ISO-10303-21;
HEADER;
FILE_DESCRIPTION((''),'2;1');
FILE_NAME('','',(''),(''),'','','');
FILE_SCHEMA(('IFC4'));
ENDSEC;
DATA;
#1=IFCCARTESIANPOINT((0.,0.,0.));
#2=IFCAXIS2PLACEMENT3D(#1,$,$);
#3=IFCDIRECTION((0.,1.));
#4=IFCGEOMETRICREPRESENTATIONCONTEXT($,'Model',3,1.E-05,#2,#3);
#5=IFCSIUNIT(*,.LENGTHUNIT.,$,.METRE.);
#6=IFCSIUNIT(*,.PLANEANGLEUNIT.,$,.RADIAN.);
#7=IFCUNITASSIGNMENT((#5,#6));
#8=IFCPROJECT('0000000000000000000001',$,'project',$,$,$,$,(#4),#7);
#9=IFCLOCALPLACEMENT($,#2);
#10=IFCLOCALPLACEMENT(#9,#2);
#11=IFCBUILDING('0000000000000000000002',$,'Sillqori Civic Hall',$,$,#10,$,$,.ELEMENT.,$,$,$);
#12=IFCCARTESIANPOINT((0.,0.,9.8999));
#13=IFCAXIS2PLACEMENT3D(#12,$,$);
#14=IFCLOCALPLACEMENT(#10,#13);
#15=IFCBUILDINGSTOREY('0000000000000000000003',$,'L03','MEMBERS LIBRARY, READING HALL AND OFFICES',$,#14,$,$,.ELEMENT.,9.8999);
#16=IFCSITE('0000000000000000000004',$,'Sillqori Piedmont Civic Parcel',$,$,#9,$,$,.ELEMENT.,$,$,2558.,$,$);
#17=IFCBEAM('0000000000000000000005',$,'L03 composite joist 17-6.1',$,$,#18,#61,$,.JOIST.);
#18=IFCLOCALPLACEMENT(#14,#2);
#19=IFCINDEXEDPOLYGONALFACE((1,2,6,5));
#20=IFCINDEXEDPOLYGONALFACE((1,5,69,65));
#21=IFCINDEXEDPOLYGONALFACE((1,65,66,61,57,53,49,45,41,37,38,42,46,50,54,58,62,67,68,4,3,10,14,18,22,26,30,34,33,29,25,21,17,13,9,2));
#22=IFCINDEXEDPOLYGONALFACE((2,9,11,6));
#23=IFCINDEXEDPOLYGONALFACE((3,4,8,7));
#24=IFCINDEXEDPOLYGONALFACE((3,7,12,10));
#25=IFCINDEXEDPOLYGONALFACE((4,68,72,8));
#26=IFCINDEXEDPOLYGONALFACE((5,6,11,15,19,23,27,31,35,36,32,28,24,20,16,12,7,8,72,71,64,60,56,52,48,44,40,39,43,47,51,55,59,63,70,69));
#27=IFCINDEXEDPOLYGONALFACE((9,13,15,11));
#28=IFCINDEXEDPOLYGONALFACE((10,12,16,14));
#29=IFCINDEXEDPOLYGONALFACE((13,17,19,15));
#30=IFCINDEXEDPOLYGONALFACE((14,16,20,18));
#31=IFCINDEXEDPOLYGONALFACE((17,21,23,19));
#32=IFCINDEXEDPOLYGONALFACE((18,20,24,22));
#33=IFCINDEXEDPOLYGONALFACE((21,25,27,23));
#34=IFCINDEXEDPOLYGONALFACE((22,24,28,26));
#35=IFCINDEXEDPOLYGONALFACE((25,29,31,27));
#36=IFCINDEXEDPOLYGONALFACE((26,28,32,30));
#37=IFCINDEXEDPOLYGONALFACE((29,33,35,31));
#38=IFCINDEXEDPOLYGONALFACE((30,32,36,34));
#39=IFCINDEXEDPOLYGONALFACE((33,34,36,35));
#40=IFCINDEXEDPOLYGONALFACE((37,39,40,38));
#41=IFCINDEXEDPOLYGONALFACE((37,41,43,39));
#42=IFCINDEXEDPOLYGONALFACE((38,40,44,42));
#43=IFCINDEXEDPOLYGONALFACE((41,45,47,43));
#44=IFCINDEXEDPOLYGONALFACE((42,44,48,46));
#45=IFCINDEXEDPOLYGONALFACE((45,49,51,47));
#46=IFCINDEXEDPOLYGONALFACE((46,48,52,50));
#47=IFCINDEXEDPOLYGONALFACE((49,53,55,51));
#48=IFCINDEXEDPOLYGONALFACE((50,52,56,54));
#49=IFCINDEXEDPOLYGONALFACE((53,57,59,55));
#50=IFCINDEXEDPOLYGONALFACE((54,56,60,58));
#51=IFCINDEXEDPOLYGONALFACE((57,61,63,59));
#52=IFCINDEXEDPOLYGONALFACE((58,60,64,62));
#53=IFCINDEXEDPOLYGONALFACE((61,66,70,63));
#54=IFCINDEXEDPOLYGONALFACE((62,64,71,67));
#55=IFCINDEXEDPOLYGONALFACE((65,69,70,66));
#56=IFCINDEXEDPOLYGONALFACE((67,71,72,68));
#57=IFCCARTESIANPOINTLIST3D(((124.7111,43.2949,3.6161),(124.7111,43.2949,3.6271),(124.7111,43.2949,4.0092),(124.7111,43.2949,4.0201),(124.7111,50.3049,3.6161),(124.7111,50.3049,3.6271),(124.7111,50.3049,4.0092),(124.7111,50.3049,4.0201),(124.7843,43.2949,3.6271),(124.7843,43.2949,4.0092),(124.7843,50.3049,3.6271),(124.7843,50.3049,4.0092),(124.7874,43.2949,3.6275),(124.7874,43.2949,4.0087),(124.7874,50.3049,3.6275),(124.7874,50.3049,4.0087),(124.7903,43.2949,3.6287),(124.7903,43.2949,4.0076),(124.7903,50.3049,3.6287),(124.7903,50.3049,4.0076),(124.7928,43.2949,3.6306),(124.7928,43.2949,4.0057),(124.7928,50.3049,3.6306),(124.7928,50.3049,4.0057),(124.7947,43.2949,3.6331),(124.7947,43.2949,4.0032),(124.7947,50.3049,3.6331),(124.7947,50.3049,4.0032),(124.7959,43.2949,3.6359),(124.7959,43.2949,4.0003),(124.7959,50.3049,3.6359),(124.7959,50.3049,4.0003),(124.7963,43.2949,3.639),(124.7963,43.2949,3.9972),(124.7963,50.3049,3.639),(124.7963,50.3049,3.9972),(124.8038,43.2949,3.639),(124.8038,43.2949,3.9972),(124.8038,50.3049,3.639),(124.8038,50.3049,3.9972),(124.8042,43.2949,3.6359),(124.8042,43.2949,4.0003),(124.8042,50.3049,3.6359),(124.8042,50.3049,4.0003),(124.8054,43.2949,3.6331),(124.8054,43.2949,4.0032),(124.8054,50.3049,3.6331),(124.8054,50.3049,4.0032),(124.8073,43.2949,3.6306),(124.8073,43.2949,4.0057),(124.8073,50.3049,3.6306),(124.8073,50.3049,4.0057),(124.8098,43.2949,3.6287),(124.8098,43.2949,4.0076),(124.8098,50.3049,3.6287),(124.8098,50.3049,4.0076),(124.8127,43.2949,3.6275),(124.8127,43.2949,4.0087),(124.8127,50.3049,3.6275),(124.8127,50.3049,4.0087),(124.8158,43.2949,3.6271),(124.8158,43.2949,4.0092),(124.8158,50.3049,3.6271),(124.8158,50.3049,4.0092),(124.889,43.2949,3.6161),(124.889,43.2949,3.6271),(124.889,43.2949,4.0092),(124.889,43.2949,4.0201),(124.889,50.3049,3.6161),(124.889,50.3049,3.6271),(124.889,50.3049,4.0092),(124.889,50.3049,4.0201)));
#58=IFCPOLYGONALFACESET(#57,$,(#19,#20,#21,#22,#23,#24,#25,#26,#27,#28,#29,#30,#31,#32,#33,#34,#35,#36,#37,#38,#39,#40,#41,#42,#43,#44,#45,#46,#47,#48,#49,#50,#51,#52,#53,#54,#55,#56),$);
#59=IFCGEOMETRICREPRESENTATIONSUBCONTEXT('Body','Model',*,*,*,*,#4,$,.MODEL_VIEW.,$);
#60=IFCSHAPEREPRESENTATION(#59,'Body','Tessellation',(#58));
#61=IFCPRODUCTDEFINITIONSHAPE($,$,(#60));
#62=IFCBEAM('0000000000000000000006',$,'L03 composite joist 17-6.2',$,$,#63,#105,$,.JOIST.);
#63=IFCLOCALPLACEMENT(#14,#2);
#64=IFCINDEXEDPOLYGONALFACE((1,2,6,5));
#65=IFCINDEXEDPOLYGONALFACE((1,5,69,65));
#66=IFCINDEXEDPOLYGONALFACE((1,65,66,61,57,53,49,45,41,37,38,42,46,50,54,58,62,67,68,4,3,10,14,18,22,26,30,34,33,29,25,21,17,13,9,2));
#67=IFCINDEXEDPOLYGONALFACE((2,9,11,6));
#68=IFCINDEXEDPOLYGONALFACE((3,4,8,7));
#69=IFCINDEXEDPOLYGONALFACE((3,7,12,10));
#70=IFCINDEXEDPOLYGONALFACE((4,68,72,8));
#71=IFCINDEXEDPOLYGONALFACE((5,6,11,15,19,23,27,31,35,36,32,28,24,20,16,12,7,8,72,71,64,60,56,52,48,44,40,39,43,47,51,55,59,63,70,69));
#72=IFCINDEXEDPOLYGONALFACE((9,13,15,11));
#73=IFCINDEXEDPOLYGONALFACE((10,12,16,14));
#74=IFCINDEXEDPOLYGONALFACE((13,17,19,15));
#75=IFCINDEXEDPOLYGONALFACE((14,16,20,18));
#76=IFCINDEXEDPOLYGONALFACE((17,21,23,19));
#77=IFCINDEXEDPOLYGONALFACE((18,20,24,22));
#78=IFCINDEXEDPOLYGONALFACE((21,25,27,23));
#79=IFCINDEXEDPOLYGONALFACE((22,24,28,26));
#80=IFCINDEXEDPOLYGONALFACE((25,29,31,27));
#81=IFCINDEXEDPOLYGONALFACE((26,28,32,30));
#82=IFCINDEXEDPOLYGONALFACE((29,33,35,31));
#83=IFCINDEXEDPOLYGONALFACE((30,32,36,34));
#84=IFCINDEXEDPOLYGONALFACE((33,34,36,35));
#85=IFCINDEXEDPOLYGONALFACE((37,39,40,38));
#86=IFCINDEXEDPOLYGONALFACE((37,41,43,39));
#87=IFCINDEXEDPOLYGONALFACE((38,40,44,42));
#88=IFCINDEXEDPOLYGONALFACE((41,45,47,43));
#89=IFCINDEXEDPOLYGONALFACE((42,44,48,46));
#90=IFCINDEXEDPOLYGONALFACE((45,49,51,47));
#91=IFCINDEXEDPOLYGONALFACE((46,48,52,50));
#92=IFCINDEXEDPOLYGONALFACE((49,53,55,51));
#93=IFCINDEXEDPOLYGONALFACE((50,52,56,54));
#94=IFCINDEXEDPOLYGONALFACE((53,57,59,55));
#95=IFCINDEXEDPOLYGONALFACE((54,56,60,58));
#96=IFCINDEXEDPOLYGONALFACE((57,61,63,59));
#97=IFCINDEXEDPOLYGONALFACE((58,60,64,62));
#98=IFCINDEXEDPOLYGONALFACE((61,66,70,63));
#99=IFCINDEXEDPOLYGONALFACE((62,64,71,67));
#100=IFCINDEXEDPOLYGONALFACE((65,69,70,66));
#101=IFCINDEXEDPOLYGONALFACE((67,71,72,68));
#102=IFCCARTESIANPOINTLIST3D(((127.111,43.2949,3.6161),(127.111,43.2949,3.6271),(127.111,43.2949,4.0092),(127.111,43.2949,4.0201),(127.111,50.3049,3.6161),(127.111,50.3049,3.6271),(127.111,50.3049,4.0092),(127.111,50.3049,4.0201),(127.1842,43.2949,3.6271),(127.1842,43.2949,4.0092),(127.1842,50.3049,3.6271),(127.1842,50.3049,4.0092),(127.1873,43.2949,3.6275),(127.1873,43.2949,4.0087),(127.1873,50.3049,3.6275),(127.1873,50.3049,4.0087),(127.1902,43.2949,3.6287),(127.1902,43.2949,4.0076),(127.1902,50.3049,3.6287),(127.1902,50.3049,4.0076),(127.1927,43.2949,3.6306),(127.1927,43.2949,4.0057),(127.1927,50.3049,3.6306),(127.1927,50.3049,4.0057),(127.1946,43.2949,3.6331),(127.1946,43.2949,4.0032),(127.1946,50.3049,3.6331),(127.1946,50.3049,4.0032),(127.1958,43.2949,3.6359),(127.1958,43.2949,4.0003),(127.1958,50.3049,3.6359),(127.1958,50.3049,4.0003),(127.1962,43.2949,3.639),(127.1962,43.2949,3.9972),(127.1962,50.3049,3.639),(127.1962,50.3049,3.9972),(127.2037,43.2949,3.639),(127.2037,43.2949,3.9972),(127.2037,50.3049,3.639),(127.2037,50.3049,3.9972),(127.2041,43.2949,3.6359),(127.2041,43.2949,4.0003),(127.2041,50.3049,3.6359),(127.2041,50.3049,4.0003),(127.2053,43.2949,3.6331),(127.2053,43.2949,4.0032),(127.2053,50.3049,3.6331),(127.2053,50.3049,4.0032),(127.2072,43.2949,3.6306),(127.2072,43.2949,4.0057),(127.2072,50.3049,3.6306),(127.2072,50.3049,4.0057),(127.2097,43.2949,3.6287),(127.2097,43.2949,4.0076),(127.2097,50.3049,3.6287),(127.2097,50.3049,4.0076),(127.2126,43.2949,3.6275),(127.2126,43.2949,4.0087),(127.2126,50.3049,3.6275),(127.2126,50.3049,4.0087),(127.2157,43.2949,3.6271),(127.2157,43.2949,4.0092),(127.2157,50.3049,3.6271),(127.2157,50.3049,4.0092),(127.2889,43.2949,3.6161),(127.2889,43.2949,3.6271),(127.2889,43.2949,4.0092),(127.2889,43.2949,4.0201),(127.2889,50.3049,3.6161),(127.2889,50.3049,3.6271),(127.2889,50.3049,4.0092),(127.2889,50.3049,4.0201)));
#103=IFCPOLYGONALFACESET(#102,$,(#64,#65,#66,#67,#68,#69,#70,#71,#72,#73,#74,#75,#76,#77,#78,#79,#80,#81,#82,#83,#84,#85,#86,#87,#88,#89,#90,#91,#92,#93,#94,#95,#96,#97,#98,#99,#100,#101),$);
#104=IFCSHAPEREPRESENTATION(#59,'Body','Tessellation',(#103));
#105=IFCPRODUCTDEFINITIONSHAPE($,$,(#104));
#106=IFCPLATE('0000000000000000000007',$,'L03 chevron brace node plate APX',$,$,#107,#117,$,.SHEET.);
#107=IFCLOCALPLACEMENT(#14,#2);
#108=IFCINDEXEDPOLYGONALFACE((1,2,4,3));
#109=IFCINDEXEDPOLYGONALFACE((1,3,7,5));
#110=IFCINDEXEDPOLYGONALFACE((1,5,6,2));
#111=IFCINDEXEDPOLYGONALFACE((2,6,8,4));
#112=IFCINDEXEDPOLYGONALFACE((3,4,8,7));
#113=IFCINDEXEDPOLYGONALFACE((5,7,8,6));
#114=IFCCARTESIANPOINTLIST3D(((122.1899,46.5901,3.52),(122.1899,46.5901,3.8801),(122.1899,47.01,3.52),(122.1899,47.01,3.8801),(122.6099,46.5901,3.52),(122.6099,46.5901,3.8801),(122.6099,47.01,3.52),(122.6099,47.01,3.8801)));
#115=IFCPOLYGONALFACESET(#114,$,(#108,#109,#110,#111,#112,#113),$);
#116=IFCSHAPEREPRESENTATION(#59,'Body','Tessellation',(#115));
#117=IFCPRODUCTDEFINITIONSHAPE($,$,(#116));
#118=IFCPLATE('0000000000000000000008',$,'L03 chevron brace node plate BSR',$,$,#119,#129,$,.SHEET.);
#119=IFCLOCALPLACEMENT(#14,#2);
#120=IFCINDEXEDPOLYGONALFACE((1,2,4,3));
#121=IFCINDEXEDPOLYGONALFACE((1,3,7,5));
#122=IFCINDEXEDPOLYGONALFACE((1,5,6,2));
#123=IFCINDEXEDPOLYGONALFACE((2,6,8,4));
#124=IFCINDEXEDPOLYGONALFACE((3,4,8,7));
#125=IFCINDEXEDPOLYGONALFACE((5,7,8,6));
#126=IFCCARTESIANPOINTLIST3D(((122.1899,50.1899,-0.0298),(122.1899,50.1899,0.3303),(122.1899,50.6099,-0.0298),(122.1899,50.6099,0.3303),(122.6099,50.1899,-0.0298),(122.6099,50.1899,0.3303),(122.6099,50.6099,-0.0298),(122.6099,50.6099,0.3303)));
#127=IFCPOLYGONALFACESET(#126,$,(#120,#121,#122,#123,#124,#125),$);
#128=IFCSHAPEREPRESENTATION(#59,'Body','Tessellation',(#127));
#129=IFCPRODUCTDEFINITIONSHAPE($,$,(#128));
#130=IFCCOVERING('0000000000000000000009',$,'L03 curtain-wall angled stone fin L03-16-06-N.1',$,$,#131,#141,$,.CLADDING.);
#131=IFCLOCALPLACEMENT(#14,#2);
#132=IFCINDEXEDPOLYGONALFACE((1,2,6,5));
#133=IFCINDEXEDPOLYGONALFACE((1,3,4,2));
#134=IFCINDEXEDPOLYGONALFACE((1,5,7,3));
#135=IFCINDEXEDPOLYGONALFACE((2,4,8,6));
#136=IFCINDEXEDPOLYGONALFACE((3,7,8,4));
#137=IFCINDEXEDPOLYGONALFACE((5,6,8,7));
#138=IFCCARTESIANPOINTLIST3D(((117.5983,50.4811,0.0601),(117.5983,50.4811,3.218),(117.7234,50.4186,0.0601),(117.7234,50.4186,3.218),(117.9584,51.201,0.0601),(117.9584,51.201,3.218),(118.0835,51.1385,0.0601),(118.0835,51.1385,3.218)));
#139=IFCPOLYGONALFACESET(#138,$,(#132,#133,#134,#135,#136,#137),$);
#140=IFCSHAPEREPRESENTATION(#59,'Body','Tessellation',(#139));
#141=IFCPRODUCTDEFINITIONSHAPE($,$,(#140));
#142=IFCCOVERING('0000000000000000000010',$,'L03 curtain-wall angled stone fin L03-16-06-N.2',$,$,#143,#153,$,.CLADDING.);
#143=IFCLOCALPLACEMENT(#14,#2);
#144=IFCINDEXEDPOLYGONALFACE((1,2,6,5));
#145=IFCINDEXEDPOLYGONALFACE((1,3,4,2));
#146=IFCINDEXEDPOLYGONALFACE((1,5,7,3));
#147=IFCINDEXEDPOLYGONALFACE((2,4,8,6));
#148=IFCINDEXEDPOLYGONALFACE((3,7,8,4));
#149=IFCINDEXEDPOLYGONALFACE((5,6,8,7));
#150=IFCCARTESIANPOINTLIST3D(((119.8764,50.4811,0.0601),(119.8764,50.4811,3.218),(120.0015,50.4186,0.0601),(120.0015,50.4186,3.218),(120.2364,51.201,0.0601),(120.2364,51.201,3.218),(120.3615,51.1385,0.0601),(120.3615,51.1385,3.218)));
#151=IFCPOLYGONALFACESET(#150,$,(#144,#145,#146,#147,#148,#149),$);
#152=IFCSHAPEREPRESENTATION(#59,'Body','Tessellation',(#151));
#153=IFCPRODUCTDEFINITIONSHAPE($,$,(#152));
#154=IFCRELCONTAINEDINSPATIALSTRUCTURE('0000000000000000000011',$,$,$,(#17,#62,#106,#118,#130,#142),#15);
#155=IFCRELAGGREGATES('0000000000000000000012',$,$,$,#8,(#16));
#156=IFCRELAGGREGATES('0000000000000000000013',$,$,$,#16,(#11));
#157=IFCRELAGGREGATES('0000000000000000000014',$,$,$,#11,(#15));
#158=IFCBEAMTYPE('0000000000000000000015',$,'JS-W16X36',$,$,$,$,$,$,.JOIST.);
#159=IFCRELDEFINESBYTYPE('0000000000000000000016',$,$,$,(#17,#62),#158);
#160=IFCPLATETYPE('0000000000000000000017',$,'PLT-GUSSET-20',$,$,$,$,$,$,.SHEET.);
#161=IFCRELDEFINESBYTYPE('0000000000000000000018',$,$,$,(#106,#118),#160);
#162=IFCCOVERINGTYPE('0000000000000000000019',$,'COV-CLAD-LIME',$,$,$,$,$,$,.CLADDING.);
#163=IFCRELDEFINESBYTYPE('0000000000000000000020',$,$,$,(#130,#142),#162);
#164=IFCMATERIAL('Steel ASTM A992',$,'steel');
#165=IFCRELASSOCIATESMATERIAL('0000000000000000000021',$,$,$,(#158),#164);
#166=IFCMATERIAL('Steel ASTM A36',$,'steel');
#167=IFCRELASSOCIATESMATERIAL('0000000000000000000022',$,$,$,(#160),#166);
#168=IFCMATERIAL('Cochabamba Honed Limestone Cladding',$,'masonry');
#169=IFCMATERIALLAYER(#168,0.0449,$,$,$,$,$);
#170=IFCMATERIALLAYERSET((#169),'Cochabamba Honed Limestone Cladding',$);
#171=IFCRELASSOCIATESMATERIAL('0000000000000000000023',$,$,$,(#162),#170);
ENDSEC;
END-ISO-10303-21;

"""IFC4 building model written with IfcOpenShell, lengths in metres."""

from ifc_helpers import new_model, si_unit, direction, frame, frame_2d, origin, origin_2d, place, context, subcontext, project, spatial, rectangle, i_section, extrude, material, layer, layer_set, material_profile, profile_set, type_object, element, save


model = new_model("IFC4")

# Units and contexts
model_context = context("Model", 3, precision=1e-05, world=origin(), true_north=direction((0.0, 1.0)))
body_context = subcontext(model_context, "Body", "Model", "MODEL_VIEW")
ifc_project = project(units=[si_unit("LENGTHUNIT", "METRE"), si_unit("PLANEANGLEUNIT", "RADIAN")], contexts=[model_context])

# Site, building, storey
site_placement = place(None, origin())
site = spatial("IfcSite", under=ifc_project, at=site_placement, Name="Sillqori Piedmont Civic Parcel", CompositionType="ELEMENT", RefElevation=2558.0)
building_placement = place(site_placement, origin())
building = spatial("IfcBuilding", under=site, at=building_placement, Name="Sillqori Civic Hall", CompositionType="ELEMENT")
storey_placement = place(building_placement, frame((0.0, 0.0, 9.8999)))
storey = spatial("IfcBuildingStorey", under=building, at=storey_placement, Name="L03", Description="MEMBERS LIBRARY, READING HALL AND OFFICES", CompositionType="ELEMENT", Elevation=9.8999)

# Shared definitions
ifc_material_1 = material(Name="Steel ASTM A992", Category="steel")

# Beams
ifc_material_profile_1 = material_profile(ifc_material_1, i_section(OverallWidth=0.178, OverallDepth=0.4041, WebThickness=0.0076, FlangeThickness=0.011, FilletRadius=0.012, at=origin_2d()), Name="W16X36")
ifc_profile_set_1 = profile_set([ifc_material_profile_1], Name="Steel ASTM A992")
beam_type_1 = type_object("IfcBeamType", Name="JS-W16X36", PredefinedType="JOIST", material=ifc_profile_set_1)
for number, where, z_axis, x_axis, name in (
    (1, (124.8, 43.2949, 3.8181), (0.0, 1.0, 0.0), (-1.0, 0.0, 0.0), "L03 composite joist 17-6.1"),
    (2, (127.2, 43.2949, 3.8181), (0.0, 1.0, 0.0), (-1.0, 0.0, 0.0), "L03 composite joist 17-6.2"),
):
    element("IfcBeam", number, at=place(storey_placement, frame(where, z_axis=z_axis, x_axis=x_axis)), inside=storey, type_object=beam_type_1, Name=name, PredefinedType="JOIST", context=body_context, shape_type="SweptSolid", body=[
        extrude(i_section(OverallWidth=0.178, OverallDepth=0.4041, WebThickness=0.0076, FlangeThickness=0.011, FilletRadius=0.012, at=origin_2d()), origin(), (0.0, 0.0, 1.0), 7.01),
    ])

# Plates
ifc_material_2 = material(Name="Steel ASTM A36", Category="steel")
plate_type_1 = type_object("IfcPlateType", Name="PLT-GUSSET-20", PredefinedType="SHEET", material=ifc_material_2)
for number, where, z_axis, x_axis, name in (
    (3, (122.3999, 46.8, 3.52), (0.0, 0.0, 1.0), (1.0, 0.0, 0.0), "L03 chevron brace node plate APX"),
    (4, (122.3999, 50.3999, -0.0298), (0.0, 0.0, 1.0), (1.0, 0.0, 0.0), "L03 chevron brace node plate BSR"),
):
    element("IfcPlate", number, at=place(storey_placement, frame(where, z_axis=z_axis, x_axis=x_axis)), inside=storey, type_object=plate_type_1, Name=name, PredefinedType="SHEET", context=body_context, shape_type="SweptSolid", body=[
        extrude(rectangle(XDim=0.4199, YDim=0.4199, at=origin_2d()), origin(), (0.0, 0.0, 1.0), 0.3601),
    ])

# Coverings
ifc_material_3 = material(Name="Cochabamba Honed Limestone Cladding", Category="masonry")
ifc_layer_1 = layer(ifc_material_3, 0.0449)
ifc_layer_set_1 = layer_set([ifc_layer_1], Name="Cochabamba Honed Limestone Cladding")
covering_type = type_object("IfcCoveringType", Name="COV-CLAD-LIME", PredefinedType="CLADDING", material=ifc_layer_set_1)
for number, where, z_axis, x_axis, name in (
    (5, (117.6609, 50.45, 0.0601), (0.0, 0.0, 1.0), (0.447335, 0.894367, 0.0), "L03 curtain-wall angled stone fin L03-16-06-N.1"),
    (6, (119.939, 50.45, 0.0601), (0.0, 0.0, 1.0), (0.447335, 0.894367, 0.0), "L03 curtain-wall angled stone fin L03-16-06-N.2"),
):
    element("IfcCovering", number, at=place(storey_placement, frame(where, z_axis=z_axis, x_axis=x_axis)), inside=storey, type_object=covering_type, Name=name, PredefinedType="CLADDING", context=body_context, shape_type="SweptSolid", body=[
        extrude(rectangle(XDim=0.8049, YDim=0.1399, at=frame_2d((0.4023, 0.0))), origin(), (0.0, 0.0, 1.0), 3.158),
    ])

save(model, "model.ifc")
